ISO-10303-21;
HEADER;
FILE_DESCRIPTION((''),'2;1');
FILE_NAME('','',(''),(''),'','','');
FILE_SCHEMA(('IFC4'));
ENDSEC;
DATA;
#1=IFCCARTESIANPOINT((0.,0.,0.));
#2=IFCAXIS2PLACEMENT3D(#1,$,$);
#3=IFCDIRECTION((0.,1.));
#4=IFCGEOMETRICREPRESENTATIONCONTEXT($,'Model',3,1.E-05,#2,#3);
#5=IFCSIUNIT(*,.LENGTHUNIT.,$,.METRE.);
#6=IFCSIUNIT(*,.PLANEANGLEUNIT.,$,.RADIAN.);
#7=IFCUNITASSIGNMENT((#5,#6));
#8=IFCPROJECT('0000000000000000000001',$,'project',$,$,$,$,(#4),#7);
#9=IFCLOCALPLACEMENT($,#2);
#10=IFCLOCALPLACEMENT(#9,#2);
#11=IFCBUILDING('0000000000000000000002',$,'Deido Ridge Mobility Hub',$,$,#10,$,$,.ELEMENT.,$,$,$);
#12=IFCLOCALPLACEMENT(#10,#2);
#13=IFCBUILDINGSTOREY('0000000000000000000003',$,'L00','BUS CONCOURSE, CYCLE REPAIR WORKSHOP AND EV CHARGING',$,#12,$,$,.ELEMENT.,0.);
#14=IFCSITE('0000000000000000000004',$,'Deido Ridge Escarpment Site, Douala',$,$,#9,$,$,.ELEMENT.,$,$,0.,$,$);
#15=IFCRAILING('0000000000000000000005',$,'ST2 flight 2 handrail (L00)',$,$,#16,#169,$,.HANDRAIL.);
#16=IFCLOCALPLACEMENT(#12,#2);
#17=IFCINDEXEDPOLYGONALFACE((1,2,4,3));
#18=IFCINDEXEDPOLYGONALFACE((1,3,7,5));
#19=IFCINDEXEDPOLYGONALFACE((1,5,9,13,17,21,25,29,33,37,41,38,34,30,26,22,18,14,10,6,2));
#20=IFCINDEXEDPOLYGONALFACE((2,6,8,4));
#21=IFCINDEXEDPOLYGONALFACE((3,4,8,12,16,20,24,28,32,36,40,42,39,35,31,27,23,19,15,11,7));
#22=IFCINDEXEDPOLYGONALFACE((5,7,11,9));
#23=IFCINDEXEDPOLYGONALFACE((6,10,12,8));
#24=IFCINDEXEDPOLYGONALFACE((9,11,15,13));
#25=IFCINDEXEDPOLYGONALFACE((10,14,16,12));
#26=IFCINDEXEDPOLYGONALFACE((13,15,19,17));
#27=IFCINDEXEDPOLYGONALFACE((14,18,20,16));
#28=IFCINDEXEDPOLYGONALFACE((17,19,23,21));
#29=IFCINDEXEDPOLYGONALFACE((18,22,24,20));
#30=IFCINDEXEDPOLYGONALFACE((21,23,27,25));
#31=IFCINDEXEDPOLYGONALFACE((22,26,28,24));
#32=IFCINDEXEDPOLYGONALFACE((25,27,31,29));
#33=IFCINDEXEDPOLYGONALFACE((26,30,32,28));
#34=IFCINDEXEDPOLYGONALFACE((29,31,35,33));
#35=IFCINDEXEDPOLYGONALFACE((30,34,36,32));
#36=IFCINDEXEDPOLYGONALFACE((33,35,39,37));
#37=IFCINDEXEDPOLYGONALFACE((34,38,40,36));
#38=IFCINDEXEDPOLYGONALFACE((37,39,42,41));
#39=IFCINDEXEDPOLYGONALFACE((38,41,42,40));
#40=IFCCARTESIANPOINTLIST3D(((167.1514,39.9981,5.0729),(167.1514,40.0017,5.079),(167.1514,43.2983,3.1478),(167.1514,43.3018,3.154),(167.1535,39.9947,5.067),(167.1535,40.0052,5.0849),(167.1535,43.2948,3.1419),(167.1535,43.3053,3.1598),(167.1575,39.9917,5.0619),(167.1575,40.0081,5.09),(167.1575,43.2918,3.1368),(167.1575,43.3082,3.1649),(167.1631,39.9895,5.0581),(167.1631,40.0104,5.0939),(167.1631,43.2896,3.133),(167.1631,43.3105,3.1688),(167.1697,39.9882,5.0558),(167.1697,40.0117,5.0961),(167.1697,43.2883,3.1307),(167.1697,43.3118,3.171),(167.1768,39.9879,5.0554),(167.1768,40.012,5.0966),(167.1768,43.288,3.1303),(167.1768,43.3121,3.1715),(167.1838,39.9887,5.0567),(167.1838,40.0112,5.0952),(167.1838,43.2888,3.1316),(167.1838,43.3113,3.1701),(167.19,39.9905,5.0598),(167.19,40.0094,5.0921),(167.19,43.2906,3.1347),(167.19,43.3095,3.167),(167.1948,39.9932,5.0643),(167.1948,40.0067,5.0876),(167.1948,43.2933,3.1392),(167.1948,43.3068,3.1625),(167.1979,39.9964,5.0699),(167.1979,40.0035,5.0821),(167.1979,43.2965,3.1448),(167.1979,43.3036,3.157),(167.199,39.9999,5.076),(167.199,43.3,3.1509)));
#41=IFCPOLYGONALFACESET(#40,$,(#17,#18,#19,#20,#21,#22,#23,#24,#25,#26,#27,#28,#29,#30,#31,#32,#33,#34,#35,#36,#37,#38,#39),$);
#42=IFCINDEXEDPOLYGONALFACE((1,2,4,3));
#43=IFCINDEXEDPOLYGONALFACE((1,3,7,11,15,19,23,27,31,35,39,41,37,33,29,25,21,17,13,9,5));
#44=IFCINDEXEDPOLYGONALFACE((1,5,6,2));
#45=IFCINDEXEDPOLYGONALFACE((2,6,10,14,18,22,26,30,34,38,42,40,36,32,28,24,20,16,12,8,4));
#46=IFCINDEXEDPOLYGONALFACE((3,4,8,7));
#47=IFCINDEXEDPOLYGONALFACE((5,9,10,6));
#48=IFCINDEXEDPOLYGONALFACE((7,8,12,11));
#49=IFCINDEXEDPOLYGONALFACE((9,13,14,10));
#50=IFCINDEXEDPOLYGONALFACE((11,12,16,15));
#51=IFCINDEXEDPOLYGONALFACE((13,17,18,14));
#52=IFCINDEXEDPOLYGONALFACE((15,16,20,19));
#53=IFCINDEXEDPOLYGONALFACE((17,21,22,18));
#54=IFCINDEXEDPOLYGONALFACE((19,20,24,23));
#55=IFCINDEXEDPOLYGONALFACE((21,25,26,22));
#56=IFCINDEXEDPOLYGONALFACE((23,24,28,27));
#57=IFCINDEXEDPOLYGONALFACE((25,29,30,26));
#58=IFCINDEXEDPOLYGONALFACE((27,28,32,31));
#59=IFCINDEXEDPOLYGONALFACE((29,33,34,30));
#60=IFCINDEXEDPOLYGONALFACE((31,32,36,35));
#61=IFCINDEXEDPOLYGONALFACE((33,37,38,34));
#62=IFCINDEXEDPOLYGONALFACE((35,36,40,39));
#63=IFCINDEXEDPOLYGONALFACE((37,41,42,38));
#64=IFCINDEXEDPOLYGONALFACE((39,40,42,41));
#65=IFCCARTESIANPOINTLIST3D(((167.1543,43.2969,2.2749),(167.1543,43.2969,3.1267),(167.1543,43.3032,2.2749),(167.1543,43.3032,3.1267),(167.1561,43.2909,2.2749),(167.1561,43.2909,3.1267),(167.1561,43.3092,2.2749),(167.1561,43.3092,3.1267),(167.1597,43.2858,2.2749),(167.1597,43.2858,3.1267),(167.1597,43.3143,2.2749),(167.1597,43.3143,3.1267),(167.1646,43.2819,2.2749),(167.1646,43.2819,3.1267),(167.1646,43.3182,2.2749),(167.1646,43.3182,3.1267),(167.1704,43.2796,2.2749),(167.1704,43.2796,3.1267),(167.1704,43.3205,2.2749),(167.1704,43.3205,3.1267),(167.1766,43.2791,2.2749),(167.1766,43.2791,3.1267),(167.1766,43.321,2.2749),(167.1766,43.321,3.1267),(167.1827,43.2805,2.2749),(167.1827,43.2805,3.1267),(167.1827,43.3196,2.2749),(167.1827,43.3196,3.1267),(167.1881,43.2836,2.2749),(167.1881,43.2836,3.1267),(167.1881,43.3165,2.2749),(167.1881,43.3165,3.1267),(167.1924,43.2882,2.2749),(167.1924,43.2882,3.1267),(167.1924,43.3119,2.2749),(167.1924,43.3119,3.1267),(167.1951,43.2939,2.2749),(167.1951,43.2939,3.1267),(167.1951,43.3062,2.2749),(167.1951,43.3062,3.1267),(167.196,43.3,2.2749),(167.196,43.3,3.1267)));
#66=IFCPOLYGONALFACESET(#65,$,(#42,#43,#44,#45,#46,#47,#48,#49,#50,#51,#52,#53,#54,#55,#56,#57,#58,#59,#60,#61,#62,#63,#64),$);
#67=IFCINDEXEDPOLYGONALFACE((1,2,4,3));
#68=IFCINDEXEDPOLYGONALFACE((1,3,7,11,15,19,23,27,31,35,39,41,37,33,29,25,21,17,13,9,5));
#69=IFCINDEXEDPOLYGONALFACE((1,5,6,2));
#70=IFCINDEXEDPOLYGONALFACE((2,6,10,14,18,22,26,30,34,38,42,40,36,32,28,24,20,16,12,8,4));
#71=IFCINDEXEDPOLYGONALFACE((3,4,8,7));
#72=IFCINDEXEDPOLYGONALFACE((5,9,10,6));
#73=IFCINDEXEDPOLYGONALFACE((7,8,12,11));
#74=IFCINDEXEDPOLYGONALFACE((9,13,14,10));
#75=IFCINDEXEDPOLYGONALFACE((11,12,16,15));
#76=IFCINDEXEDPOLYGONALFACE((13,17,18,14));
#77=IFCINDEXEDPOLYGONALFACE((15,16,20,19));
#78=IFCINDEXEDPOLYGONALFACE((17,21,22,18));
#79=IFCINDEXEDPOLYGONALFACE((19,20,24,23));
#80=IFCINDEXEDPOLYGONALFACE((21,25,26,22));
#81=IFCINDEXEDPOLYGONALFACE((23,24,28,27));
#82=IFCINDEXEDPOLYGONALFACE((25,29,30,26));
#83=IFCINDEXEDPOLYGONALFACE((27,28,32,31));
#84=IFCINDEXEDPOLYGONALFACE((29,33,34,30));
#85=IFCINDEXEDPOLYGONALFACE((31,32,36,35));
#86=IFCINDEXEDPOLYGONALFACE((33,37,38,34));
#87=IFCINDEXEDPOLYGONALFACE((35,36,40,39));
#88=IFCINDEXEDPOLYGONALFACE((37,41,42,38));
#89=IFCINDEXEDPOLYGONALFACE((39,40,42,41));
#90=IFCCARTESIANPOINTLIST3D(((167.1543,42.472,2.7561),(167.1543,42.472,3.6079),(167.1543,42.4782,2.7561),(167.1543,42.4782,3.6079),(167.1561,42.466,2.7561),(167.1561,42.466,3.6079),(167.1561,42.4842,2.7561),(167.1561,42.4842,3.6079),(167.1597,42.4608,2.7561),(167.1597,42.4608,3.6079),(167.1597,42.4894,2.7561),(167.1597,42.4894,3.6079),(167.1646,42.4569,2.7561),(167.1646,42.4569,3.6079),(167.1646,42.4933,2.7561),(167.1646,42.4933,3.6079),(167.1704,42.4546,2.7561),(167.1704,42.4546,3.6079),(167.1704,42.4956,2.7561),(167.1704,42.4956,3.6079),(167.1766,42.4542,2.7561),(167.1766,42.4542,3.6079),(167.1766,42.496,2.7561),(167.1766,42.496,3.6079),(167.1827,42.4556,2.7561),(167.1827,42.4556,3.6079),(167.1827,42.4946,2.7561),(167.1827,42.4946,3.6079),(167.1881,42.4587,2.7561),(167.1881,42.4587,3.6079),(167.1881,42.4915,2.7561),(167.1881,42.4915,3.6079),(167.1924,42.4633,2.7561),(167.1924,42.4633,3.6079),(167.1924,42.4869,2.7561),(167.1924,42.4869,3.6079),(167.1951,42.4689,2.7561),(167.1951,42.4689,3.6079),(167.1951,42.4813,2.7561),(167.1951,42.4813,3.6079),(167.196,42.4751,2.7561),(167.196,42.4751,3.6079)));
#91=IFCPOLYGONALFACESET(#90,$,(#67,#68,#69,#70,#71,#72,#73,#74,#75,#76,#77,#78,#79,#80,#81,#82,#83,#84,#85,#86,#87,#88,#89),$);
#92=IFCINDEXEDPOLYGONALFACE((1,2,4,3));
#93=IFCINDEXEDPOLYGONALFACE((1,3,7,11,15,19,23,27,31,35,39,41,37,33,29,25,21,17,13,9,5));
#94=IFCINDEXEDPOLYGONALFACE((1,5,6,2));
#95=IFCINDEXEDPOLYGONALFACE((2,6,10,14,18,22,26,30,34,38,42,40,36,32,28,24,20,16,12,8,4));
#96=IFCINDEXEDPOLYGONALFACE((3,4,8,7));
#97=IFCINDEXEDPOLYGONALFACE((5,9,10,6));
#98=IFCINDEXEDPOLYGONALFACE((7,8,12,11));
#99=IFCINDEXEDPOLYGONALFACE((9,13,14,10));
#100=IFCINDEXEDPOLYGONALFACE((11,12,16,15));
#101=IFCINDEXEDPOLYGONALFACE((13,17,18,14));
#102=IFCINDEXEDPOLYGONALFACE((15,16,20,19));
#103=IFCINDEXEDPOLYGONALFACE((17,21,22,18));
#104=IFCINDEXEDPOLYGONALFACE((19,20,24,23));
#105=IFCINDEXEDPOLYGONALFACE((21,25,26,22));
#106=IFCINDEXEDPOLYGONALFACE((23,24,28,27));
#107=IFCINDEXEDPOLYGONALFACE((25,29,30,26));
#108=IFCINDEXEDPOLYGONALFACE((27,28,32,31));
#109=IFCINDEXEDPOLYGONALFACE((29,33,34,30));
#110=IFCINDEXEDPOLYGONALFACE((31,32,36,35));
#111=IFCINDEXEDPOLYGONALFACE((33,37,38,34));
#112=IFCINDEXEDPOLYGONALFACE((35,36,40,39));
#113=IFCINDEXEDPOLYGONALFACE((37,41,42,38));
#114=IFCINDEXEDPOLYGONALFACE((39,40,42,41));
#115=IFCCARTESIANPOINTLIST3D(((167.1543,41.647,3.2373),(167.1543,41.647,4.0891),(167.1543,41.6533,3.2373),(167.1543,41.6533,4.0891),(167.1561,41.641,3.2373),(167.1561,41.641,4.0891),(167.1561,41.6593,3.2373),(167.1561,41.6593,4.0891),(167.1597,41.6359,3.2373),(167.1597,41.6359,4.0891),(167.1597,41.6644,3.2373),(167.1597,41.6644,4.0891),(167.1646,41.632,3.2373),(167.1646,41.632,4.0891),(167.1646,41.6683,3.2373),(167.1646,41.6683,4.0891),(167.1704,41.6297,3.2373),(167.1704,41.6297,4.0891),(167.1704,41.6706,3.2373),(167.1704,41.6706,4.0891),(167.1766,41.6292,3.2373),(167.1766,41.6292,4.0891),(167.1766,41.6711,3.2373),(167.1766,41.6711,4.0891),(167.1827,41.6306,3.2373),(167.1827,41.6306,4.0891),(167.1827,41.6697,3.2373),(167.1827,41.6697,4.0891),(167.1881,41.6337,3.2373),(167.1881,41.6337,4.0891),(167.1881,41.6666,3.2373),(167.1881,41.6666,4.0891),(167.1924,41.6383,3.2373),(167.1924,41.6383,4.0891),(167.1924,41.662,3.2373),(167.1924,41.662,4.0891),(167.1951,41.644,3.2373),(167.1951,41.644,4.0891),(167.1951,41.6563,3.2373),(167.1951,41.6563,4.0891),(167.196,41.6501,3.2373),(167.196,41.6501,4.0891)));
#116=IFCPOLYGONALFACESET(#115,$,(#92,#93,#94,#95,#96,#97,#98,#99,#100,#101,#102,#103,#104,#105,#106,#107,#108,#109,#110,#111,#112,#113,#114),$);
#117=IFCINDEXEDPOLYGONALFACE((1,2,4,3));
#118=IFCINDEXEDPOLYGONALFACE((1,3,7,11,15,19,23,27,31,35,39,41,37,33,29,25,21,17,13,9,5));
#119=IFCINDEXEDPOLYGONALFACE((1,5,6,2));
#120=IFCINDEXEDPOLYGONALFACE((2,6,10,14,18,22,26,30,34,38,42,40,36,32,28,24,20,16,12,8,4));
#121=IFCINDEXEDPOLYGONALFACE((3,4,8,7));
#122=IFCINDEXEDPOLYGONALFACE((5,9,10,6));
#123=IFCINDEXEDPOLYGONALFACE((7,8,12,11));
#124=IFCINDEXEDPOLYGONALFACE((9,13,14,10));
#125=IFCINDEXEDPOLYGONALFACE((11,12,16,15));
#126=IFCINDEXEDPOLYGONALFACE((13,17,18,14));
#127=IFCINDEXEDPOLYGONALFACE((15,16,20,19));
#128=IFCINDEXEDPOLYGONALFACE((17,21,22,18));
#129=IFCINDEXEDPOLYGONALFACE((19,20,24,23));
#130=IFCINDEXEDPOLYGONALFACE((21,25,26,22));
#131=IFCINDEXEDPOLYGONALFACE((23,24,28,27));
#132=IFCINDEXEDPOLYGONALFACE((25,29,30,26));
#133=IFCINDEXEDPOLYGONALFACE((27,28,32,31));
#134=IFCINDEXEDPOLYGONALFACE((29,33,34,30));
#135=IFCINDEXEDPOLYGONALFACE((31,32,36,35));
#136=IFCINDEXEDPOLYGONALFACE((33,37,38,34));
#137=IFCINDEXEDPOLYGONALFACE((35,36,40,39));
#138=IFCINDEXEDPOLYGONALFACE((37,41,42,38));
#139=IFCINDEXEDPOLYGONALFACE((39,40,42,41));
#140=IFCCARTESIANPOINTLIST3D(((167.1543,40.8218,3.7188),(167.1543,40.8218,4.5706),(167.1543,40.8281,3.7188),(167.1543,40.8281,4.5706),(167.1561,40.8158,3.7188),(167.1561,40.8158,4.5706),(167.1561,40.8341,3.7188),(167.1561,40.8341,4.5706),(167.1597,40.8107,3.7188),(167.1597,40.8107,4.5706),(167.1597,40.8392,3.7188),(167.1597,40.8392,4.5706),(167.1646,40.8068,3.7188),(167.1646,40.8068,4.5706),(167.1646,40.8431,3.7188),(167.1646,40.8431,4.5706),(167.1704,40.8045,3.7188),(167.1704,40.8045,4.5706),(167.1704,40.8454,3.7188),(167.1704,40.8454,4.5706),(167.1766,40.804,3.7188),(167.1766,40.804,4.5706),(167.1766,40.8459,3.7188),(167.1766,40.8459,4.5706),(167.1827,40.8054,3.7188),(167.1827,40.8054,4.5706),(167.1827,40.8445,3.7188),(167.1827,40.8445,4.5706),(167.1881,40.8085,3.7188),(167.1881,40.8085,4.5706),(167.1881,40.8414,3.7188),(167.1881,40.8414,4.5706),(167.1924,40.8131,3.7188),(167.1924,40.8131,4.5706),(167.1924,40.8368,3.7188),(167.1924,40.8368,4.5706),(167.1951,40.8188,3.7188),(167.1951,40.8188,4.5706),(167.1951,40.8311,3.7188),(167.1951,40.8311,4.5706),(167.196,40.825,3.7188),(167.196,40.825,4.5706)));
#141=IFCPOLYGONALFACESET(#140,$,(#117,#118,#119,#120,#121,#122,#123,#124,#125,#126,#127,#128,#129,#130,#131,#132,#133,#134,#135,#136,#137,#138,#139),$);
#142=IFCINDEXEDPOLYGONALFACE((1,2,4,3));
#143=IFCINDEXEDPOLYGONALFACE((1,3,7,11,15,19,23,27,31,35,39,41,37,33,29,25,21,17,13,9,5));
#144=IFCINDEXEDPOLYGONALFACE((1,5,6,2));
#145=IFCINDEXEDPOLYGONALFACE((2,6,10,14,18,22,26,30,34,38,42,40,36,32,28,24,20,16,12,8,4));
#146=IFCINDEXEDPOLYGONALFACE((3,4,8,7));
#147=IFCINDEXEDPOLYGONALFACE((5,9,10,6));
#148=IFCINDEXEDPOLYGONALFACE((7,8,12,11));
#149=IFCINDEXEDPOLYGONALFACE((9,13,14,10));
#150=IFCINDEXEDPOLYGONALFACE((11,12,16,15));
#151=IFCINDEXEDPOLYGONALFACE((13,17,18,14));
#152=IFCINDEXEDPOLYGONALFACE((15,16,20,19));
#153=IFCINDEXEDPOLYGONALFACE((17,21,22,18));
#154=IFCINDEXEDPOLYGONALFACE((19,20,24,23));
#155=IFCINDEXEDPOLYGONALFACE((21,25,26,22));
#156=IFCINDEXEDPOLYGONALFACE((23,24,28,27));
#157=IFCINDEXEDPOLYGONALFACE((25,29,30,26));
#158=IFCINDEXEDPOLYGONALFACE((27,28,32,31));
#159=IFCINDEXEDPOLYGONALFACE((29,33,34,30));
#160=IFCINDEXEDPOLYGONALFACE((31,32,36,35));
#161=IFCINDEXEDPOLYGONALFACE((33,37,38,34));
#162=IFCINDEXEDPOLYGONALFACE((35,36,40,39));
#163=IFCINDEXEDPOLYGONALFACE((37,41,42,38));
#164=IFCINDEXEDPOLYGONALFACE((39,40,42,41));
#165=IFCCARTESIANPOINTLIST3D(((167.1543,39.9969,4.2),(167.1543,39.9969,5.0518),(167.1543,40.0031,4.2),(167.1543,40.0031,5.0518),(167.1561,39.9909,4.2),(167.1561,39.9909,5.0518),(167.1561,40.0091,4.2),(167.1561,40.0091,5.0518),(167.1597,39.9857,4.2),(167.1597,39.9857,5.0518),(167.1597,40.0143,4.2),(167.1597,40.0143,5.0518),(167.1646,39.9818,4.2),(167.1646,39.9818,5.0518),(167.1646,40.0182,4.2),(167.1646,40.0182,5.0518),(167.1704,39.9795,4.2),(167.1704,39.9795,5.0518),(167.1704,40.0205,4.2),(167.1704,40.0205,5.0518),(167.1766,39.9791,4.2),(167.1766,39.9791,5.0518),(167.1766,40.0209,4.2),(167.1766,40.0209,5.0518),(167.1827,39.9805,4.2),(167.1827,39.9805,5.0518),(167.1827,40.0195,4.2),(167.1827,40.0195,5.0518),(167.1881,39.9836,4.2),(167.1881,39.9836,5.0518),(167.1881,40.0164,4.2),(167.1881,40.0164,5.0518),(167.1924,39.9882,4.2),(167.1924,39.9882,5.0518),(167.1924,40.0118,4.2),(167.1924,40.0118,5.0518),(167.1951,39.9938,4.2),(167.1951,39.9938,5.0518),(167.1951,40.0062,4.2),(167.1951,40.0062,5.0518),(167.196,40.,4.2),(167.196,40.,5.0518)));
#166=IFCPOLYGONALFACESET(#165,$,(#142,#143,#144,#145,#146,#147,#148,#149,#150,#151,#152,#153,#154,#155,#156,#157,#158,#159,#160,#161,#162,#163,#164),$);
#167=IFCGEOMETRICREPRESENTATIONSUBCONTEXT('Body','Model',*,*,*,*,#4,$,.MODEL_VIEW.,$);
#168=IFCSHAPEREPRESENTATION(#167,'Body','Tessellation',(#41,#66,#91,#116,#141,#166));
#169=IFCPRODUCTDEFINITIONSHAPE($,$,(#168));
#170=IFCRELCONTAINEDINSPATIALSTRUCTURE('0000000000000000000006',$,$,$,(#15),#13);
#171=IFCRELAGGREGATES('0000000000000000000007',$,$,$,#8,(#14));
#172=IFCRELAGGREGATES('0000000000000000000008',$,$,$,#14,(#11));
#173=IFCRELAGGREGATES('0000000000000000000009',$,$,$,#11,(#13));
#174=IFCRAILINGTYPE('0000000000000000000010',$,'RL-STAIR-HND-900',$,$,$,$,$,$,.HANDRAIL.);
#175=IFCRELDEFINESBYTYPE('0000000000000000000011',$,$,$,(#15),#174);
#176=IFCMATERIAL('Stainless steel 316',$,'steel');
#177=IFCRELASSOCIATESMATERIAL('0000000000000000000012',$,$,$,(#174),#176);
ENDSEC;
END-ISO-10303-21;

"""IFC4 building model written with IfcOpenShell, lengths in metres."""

from ifc_helpers import new_model, si_unit, direction, frame, origin, origin_2d, place, context, subcontext, project, spatial, circle, extrude, material, type_object, element, save


model = new_model("IFC4")

# Units and contexts
model_context = context("Model", 3, precision=1e-05, world=origin(), true_north=direction((0.0, 1.0)))
body_context = subcontext(model_context, "Body", "Model", "MODEL_VIEW")
ifc_project = project(units=[si_unit("LENGTHUNIT", "METRE"), si_unit("PLANEANGLEUNIT", "RADIAN")], contexts=[model_context])

# Site, building, storey
site_placement = place(None, origin())
site = spatial("IfcSite", under=ifc_project, at=site_placement, Name="Deido Ridge Escarpment Site, Douala", CompositionType="ELEMENT", RefElevation=0.0)
building_placement = place(site_placement, origin())
building = spatial("IfcBuilding", under=site, at=building_placement, Name="Deido Ridge Mobility Hub", CompositionType="ELEMENT")
storey_placement = place(building_placement, origin())
storey = spatial("IfcBuildingStorey", under=building, at=storey_placement, Name="L00", Description="BUS CONCOURSE, CYCLE REPAIR WORKSHOP AND EV CHARGING", CompositionType="ELEMENT", Elevation=0.0)

# Shared definitions
ifc_material_1 = material(Name="Stainless steel 316", Category="steel")

# Railing
railing_type_1 = type_object("IfcRailingType", Name="RL-STAIR-HND-900", PredefinedType="HANDRAIL", material=ifc_material_1)
railing_1_placement = place(storey_placement, frame((167.175, 43.3, 2.2749)))
element("IfcRailing", 1, at=railing_1_placement, inside=storey, type_object=railing_type_1, Name="ST2 flight 2 handrail (L00)", PredefinedType="HANDRAIL", context=body_context, shape_type="SweptSolid", body=[
    extrude(circle(Radius=0.0239, at=origin_2d()), frame((0.0, 0.0, 0.876), z_axis=(0.0, -0.863777, 0.503875), x_axis=(1.0, 0.0, 0.0)), (0.0, 0.0, 1.0), 3.8206),
    extrude(circle(Radius=0.021, at=origin_2d()), origin(), (0.0, 0.0, 1.0), 0.8518),
    extrude(circle(Radius=0.021, at=origin_2d()), frame((0.0, -0.825, 0.4812)), (0.0, 0.0, 1.0), 0.8518),
    extrude(circle(Radius=0.021, at=origin_2d()), frame((0.0, -1.6499, 0.9624)), (0.0, 0.0, 1.0), 0.8518),
    extrude(circle(Radius=0.021, at=origin_2d()), frame((0.0, -2.4751, 1.4438)), (0.0, 0.0, 1.0), 0.8518),
    extrude(circle(Radius=0.021, at=origin_2d()), frame((0.0, -3.3, 1.925)), (0.0, 0.0, 1.0), 0.8518),
])

save(model, "model.ifc")
